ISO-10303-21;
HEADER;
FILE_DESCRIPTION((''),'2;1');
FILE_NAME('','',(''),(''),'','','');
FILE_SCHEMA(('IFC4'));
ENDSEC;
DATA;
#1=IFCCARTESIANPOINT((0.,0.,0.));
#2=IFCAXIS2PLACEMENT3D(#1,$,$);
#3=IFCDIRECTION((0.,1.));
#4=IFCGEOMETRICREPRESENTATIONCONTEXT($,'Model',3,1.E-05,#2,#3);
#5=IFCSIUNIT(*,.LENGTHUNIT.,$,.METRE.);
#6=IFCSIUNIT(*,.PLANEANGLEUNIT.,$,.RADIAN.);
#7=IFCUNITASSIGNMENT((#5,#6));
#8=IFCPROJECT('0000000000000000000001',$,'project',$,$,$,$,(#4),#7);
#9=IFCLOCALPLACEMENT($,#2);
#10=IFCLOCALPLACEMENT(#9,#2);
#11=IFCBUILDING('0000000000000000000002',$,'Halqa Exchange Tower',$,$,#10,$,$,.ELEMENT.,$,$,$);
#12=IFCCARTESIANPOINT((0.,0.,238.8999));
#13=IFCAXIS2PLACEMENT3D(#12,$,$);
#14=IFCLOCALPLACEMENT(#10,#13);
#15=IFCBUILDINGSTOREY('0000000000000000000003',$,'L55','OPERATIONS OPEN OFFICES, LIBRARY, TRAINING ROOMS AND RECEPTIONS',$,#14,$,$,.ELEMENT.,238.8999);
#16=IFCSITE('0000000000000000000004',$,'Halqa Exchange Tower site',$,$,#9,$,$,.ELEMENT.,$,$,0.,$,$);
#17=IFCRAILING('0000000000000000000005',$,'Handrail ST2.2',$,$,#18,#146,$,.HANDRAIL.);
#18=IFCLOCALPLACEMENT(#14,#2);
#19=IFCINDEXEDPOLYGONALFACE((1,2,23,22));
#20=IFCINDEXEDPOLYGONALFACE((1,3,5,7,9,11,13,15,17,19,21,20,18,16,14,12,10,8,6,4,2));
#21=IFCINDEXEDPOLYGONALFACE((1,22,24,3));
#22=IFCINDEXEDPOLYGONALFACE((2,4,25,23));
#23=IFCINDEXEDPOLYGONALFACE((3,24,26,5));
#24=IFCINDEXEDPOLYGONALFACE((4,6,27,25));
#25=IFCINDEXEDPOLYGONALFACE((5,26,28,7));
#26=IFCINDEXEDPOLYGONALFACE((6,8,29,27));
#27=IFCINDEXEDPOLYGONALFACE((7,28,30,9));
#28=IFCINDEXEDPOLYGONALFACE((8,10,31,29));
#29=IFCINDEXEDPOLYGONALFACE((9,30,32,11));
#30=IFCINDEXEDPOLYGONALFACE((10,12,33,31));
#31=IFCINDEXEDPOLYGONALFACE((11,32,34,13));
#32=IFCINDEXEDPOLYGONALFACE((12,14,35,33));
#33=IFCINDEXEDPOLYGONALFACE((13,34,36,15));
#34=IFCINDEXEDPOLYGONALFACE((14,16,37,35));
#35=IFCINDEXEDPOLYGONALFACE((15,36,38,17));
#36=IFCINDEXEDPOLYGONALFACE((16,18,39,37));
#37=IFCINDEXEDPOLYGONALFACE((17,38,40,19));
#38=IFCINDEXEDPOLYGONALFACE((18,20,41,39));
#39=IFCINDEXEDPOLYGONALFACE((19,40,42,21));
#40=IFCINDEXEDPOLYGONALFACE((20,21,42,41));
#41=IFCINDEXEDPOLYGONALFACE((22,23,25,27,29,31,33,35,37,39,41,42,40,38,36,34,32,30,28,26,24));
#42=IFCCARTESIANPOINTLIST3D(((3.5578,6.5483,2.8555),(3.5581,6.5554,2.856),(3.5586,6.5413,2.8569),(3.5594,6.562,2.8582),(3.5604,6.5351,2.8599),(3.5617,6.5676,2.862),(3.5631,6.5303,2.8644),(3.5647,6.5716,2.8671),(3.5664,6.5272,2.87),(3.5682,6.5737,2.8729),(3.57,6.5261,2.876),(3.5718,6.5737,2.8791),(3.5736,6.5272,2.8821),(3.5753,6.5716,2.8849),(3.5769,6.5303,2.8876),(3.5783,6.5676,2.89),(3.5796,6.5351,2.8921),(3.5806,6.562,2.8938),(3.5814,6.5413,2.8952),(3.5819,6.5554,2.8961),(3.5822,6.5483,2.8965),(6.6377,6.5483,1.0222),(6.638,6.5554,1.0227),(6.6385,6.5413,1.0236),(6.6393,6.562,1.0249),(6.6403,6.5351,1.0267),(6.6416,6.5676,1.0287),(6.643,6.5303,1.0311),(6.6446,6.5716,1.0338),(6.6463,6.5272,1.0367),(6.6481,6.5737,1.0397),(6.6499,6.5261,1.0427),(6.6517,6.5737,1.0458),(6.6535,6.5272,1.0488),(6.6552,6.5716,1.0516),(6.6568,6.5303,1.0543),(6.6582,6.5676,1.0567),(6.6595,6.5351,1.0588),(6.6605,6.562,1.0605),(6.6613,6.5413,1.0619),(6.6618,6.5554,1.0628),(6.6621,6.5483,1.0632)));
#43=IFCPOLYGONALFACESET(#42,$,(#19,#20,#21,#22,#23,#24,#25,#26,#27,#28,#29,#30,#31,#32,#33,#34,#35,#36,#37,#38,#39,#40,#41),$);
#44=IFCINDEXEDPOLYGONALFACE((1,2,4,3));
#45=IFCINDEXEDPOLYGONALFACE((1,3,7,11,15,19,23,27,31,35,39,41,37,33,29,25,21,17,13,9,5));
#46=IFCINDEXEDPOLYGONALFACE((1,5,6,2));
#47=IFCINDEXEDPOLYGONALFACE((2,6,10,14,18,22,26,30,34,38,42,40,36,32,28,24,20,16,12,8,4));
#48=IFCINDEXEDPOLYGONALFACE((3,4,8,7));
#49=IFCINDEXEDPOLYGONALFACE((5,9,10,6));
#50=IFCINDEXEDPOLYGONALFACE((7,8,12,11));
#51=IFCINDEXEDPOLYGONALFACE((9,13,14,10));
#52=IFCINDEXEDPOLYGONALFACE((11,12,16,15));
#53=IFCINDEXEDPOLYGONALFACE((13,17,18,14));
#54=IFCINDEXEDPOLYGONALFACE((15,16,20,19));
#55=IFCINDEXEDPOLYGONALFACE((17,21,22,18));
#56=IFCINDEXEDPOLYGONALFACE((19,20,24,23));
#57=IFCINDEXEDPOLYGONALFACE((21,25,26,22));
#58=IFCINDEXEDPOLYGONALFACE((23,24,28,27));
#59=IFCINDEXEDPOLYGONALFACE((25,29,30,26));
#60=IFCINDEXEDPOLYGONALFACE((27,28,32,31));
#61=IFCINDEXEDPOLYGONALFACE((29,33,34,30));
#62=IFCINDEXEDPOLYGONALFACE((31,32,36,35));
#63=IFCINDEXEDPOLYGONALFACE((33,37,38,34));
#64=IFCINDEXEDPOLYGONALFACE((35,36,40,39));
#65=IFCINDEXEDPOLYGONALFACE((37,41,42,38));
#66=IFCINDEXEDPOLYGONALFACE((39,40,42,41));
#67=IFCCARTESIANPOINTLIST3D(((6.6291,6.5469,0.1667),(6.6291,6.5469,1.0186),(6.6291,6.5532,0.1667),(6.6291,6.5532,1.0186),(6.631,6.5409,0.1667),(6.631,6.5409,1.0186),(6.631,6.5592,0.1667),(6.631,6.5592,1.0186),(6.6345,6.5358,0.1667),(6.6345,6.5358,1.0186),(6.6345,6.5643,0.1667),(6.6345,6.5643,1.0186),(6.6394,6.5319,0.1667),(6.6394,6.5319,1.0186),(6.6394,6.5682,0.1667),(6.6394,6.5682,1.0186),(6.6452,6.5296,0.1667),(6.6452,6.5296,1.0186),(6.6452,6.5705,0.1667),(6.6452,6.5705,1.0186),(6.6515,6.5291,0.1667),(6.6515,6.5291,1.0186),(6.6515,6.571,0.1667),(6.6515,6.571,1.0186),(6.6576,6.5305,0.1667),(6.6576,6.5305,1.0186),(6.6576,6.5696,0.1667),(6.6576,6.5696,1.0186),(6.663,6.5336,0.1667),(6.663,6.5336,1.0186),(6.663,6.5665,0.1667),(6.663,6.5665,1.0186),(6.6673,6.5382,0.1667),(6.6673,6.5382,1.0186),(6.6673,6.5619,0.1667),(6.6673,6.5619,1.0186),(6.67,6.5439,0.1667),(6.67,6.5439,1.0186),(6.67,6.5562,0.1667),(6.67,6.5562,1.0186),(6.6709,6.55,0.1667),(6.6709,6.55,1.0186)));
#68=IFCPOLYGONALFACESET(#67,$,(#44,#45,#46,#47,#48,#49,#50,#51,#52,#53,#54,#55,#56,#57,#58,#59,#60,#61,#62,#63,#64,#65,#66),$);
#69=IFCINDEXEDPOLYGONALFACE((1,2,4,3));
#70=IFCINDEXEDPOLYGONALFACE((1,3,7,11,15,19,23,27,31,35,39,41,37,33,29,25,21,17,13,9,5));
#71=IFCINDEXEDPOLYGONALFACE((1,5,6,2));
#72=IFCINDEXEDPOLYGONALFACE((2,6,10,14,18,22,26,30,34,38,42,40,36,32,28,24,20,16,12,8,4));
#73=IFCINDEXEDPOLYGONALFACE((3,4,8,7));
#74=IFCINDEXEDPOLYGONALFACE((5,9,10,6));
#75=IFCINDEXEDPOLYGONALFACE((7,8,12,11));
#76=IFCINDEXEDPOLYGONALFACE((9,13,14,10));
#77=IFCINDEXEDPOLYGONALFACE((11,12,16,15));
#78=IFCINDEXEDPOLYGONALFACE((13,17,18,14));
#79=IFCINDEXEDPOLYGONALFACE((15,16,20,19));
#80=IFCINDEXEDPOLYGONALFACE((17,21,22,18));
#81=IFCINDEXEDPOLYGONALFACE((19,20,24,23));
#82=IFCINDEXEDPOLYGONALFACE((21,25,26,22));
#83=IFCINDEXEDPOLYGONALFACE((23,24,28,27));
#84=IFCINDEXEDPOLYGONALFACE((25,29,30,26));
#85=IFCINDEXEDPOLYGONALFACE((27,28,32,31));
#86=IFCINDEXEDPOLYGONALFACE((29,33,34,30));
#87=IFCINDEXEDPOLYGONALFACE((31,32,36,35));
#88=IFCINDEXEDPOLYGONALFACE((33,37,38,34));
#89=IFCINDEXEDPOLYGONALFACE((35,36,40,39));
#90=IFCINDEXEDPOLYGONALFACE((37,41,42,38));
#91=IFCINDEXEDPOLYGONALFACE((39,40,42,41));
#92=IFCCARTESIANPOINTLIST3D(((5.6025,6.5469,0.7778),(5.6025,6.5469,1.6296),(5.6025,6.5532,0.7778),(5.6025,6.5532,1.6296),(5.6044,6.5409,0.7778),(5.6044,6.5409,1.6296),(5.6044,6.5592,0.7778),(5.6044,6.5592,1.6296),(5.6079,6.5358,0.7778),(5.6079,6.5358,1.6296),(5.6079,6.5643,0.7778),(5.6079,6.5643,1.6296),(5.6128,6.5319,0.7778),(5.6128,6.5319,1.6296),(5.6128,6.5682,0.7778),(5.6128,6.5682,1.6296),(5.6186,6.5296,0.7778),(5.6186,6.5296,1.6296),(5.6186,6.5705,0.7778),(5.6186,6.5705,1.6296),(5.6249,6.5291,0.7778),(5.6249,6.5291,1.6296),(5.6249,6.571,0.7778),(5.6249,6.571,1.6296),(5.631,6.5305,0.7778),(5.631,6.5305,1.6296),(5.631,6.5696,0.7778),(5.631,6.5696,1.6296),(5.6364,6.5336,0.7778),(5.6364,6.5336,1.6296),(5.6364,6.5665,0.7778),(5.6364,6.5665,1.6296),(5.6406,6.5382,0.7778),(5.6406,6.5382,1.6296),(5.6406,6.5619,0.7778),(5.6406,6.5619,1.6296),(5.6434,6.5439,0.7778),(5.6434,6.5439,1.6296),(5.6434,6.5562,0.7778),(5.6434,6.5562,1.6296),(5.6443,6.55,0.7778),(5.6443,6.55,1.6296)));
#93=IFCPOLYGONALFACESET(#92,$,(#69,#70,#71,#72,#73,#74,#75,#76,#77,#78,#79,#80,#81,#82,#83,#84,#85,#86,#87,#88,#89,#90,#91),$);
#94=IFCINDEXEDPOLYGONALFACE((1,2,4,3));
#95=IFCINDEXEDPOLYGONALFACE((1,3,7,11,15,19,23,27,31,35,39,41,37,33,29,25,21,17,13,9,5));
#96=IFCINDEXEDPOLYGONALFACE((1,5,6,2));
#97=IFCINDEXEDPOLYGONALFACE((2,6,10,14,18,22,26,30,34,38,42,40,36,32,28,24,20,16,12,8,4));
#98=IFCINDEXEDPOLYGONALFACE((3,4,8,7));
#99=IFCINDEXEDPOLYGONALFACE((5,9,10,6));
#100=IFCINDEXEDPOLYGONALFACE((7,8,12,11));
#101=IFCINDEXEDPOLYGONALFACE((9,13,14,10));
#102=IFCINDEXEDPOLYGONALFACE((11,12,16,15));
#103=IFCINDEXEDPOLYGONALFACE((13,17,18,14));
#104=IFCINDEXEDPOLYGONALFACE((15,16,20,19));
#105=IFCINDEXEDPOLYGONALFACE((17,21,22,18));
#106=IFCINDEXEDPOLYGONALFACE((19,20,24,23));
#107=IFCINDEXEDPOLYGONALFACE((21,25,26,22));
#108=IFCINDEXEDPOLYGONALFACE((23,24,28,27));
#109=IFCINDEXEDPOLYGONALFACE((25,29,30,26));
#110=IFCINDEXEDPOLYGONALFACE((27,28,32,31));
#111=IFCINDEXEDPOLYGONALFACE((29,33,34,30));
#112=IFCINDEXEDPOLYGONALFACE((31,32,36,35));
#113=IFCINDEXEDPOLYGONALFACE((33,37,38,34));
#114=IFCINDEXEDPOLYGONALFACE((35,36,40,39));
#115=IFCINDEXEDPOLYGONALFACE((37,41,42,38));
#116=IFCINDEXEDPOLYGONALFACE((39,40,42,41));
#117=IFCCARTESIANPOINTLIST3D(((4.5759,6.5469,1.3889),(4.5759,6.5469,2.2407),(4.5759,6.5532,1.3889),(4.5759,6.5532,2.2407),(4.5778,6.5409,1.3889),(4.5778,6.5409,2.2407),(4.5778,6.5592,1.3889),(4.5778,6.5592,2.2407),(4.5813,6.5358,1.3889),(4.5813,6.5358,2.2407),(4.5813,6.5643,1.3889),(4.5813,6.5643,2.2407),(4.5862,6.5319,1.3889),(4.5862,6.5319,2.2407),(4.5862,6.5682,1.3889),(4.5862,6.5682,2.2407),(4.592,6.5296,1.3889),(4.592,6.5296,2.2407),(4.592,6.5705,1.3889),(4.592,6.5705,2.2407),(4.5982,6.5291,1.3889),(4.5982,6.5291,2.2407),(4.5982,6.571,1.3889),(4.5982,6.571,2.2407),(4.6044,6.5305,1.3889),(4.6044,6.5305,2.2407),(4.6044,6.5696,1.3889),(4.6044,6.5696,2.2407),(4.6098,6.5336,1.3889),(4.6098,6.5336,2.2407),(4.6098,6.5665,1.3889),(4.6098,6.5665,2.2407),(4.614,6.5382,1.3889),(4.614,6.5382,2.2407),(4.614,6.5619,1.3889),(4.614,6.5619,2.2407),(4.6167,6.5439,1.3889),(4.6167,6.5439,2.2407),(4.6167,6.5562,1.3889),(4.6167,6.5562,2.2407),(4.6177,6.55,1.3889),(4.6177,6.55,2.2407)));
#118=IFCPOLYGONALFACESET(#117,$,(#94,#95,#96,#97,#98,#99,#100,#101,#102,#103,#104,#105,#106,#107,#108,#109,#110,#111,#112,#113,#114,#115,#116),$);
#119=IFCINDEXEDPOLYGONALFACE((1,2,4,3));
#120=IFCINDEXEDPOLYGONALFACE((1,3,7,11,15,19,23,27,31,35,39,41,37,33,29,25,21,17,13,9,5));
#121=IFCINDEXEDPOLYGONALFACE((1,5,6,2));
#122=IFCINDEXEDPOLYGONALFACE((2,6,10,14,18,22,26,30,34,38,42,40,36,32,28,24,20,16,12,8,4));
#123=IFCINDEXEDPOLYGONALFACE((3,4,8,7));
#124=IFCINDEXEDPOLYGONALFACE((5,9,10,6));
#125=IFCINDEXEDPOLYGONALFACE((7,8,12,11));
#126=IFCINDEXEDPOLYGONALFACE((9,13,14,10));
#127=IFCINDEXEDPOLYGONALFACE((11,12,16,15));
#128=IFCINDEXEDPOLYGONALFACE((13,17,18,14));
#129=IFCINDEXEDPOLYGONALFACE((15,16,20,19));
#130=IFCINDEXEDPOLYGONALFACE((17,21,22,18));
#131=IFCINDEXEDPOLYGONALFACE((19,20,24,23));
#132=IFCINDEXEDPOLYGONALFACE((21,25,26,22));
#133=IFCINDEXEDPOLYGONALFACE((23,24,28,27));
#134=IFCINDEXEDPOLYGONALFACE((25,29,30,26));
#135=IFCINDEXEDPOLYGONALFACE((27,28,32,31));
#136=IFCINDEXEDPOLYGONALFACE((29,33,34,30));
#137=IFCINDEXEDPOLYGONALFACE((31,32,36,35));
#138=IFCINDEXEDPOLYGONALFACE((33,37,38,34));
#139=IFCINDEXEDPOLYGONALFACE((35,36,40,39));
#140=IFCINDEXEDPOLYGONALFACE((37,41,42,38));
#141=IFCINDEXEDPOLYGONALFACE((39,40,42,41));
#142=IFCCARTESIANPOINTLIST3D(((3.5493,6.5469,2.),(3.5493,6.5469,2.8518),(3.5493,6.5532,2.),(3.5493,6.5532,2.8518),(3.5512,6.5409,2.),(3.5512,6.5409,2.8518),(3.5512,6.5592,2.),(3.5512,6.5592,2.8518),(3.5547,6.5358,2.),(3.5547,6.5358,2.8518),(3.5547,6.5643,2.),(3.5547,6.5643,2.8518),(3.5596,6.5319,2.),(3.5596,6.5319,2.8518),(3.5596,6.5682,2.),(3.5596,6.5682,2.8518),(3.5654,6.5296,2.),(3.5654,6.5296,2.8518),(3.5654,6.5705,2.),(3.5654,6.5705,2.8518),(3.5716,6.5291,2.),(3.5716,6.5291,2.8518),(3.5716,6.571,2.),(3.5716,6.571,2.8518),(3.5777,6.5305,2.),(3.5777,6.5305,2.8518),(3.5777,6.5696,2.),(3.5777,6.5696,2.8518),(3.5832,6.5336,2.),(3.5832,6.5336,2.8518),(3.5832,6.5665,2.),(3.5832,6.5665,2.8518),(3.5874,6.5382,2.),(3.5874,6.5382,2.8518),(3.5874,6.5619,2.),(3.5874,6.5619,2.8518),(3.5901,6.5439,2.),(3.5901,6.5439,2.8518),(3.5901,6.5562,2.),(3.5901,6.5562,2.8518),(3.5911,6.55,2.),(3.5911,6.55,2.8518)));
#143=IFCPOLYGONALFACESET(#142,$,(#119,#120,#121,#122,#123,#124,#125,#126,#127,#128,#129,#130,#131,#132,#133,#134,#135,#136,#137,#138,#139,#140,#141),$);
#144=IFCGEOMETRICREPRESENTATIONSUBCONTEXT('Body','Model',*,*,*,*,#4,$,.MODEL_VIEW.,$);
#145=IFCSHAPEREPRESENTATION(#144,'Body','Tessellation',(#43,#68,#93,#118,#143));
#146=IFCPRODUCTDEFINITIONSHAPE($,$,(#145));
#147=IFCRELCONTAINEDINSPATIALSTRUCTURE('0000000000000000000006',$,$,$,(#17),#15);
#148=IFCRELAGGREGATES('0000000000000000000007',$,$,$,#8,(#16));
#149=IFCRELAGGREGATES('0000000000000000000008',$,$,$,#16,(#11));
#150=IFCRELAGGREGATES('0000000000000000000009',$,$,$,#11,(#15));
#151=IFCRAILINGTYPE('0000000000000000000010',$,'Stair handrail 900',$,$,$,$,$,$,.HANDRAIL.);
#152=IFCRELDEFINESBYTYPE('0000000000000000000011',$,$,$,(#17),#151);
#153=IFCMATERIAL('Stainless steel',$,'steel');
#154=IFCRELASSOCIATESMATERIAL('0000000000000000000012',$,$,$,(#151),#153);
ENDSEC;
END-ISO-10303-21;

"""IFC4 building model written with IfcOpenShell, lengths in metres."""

from ifc_helpers import new_model, si_unit, direction, frame, origin, origin_2d, place, context, subcontext, project, spatial, circle, extrude, material, type_object, element, save


model = new_model("IFC4")

# Units and contexts
model_context = context("Model", 3, precision=1e-05, world=origin(), true_north=direction((0.0, 1.0)))
body_context = subcontext(model_context, "Body", "Model", "MODEL_VIEW")
ifc_project = project(units=[si_unit("LENGTHUNIT", "METRE"), si_unit("PLANEANGLEUNIT", "RADIAN")], contexts=[model_context])

# Site, building, storey
site_placement = place(None, origin())
site = spatial("IfcSite", under=ifc_project, at=site_placement, Name="Halqa Exchange Tower site", CompositionType="ELEMENT", RefElevation=0.0)
building_placement = place(site_placement, origin())
building = spatial("IfcBuilding", under=site, at=building_placement, Name="Halqa Exchange Tower", CompositionType="ELEMENT")
storey_placement = place(building_placement, frame((0.0, 0.0, 238.8999)))
storey = spatial("IfcBuildingStorey", under=building, at=storey_placement, Name="L55", Description="OPERATIONS OPEN OFFICES, LIBRARY, TRAINING ROOMS AND RECEPTIONS", CompositionType="ELEMENT", Elevation=238.8999)

# Railing
ifc_material_1 = material(Name="Stainless steel", Category="steel")
railing_type_1 = type_object("IfcRailingType", Name="Stair handrail 900", PredefinedType="HANDRAIL", material=ifc_material_1)
railing_1_placement = place(storey_placement, frame((6.6499, 6.55, 0.1667)))
element("IfcRailing", 1, at=railing_1_placement, inside=storey, type_object=railing_type_1, Name="Handrail ST2.2", PredefinedType="HANDRAIL", context=body_context, shape_type="SweptSolid", body=[
    extrude(circle(Radius=0.0239, at=origin_2d()), frame((0.0, 0.0, 0.876), z_axis=(-0.859291, 0.0, 0.511487), x_axis=(0.0, -1.0, 0.0)), (0.0, 0.0, 1.0), 3.5842),
    extrude(circle(Radius=0.021, at=origin_2d()), origin(), (0.0, 0.0, 1.0), 0.8518),
    extrude(circle(Radius=0.021, at=origin_2d()), frame((-1.0266, 0.0, 0.6111)), (0.0, 0.0, 1.0), 0.8518),
    extrude(circle(Radius=0.021, at=origin_2d()), frame((-2.0532, 0.0, 1.2222)), (0.0, 0.0, 1.0), 0.8518),
    extrude(circle(Radius=0.021, at=origin_2d()), frame((-3.0798, 0.0, 1.8333)), (0.0, 0.0, 1.0), 0.8518),
])

save(model, "model.ifc")
